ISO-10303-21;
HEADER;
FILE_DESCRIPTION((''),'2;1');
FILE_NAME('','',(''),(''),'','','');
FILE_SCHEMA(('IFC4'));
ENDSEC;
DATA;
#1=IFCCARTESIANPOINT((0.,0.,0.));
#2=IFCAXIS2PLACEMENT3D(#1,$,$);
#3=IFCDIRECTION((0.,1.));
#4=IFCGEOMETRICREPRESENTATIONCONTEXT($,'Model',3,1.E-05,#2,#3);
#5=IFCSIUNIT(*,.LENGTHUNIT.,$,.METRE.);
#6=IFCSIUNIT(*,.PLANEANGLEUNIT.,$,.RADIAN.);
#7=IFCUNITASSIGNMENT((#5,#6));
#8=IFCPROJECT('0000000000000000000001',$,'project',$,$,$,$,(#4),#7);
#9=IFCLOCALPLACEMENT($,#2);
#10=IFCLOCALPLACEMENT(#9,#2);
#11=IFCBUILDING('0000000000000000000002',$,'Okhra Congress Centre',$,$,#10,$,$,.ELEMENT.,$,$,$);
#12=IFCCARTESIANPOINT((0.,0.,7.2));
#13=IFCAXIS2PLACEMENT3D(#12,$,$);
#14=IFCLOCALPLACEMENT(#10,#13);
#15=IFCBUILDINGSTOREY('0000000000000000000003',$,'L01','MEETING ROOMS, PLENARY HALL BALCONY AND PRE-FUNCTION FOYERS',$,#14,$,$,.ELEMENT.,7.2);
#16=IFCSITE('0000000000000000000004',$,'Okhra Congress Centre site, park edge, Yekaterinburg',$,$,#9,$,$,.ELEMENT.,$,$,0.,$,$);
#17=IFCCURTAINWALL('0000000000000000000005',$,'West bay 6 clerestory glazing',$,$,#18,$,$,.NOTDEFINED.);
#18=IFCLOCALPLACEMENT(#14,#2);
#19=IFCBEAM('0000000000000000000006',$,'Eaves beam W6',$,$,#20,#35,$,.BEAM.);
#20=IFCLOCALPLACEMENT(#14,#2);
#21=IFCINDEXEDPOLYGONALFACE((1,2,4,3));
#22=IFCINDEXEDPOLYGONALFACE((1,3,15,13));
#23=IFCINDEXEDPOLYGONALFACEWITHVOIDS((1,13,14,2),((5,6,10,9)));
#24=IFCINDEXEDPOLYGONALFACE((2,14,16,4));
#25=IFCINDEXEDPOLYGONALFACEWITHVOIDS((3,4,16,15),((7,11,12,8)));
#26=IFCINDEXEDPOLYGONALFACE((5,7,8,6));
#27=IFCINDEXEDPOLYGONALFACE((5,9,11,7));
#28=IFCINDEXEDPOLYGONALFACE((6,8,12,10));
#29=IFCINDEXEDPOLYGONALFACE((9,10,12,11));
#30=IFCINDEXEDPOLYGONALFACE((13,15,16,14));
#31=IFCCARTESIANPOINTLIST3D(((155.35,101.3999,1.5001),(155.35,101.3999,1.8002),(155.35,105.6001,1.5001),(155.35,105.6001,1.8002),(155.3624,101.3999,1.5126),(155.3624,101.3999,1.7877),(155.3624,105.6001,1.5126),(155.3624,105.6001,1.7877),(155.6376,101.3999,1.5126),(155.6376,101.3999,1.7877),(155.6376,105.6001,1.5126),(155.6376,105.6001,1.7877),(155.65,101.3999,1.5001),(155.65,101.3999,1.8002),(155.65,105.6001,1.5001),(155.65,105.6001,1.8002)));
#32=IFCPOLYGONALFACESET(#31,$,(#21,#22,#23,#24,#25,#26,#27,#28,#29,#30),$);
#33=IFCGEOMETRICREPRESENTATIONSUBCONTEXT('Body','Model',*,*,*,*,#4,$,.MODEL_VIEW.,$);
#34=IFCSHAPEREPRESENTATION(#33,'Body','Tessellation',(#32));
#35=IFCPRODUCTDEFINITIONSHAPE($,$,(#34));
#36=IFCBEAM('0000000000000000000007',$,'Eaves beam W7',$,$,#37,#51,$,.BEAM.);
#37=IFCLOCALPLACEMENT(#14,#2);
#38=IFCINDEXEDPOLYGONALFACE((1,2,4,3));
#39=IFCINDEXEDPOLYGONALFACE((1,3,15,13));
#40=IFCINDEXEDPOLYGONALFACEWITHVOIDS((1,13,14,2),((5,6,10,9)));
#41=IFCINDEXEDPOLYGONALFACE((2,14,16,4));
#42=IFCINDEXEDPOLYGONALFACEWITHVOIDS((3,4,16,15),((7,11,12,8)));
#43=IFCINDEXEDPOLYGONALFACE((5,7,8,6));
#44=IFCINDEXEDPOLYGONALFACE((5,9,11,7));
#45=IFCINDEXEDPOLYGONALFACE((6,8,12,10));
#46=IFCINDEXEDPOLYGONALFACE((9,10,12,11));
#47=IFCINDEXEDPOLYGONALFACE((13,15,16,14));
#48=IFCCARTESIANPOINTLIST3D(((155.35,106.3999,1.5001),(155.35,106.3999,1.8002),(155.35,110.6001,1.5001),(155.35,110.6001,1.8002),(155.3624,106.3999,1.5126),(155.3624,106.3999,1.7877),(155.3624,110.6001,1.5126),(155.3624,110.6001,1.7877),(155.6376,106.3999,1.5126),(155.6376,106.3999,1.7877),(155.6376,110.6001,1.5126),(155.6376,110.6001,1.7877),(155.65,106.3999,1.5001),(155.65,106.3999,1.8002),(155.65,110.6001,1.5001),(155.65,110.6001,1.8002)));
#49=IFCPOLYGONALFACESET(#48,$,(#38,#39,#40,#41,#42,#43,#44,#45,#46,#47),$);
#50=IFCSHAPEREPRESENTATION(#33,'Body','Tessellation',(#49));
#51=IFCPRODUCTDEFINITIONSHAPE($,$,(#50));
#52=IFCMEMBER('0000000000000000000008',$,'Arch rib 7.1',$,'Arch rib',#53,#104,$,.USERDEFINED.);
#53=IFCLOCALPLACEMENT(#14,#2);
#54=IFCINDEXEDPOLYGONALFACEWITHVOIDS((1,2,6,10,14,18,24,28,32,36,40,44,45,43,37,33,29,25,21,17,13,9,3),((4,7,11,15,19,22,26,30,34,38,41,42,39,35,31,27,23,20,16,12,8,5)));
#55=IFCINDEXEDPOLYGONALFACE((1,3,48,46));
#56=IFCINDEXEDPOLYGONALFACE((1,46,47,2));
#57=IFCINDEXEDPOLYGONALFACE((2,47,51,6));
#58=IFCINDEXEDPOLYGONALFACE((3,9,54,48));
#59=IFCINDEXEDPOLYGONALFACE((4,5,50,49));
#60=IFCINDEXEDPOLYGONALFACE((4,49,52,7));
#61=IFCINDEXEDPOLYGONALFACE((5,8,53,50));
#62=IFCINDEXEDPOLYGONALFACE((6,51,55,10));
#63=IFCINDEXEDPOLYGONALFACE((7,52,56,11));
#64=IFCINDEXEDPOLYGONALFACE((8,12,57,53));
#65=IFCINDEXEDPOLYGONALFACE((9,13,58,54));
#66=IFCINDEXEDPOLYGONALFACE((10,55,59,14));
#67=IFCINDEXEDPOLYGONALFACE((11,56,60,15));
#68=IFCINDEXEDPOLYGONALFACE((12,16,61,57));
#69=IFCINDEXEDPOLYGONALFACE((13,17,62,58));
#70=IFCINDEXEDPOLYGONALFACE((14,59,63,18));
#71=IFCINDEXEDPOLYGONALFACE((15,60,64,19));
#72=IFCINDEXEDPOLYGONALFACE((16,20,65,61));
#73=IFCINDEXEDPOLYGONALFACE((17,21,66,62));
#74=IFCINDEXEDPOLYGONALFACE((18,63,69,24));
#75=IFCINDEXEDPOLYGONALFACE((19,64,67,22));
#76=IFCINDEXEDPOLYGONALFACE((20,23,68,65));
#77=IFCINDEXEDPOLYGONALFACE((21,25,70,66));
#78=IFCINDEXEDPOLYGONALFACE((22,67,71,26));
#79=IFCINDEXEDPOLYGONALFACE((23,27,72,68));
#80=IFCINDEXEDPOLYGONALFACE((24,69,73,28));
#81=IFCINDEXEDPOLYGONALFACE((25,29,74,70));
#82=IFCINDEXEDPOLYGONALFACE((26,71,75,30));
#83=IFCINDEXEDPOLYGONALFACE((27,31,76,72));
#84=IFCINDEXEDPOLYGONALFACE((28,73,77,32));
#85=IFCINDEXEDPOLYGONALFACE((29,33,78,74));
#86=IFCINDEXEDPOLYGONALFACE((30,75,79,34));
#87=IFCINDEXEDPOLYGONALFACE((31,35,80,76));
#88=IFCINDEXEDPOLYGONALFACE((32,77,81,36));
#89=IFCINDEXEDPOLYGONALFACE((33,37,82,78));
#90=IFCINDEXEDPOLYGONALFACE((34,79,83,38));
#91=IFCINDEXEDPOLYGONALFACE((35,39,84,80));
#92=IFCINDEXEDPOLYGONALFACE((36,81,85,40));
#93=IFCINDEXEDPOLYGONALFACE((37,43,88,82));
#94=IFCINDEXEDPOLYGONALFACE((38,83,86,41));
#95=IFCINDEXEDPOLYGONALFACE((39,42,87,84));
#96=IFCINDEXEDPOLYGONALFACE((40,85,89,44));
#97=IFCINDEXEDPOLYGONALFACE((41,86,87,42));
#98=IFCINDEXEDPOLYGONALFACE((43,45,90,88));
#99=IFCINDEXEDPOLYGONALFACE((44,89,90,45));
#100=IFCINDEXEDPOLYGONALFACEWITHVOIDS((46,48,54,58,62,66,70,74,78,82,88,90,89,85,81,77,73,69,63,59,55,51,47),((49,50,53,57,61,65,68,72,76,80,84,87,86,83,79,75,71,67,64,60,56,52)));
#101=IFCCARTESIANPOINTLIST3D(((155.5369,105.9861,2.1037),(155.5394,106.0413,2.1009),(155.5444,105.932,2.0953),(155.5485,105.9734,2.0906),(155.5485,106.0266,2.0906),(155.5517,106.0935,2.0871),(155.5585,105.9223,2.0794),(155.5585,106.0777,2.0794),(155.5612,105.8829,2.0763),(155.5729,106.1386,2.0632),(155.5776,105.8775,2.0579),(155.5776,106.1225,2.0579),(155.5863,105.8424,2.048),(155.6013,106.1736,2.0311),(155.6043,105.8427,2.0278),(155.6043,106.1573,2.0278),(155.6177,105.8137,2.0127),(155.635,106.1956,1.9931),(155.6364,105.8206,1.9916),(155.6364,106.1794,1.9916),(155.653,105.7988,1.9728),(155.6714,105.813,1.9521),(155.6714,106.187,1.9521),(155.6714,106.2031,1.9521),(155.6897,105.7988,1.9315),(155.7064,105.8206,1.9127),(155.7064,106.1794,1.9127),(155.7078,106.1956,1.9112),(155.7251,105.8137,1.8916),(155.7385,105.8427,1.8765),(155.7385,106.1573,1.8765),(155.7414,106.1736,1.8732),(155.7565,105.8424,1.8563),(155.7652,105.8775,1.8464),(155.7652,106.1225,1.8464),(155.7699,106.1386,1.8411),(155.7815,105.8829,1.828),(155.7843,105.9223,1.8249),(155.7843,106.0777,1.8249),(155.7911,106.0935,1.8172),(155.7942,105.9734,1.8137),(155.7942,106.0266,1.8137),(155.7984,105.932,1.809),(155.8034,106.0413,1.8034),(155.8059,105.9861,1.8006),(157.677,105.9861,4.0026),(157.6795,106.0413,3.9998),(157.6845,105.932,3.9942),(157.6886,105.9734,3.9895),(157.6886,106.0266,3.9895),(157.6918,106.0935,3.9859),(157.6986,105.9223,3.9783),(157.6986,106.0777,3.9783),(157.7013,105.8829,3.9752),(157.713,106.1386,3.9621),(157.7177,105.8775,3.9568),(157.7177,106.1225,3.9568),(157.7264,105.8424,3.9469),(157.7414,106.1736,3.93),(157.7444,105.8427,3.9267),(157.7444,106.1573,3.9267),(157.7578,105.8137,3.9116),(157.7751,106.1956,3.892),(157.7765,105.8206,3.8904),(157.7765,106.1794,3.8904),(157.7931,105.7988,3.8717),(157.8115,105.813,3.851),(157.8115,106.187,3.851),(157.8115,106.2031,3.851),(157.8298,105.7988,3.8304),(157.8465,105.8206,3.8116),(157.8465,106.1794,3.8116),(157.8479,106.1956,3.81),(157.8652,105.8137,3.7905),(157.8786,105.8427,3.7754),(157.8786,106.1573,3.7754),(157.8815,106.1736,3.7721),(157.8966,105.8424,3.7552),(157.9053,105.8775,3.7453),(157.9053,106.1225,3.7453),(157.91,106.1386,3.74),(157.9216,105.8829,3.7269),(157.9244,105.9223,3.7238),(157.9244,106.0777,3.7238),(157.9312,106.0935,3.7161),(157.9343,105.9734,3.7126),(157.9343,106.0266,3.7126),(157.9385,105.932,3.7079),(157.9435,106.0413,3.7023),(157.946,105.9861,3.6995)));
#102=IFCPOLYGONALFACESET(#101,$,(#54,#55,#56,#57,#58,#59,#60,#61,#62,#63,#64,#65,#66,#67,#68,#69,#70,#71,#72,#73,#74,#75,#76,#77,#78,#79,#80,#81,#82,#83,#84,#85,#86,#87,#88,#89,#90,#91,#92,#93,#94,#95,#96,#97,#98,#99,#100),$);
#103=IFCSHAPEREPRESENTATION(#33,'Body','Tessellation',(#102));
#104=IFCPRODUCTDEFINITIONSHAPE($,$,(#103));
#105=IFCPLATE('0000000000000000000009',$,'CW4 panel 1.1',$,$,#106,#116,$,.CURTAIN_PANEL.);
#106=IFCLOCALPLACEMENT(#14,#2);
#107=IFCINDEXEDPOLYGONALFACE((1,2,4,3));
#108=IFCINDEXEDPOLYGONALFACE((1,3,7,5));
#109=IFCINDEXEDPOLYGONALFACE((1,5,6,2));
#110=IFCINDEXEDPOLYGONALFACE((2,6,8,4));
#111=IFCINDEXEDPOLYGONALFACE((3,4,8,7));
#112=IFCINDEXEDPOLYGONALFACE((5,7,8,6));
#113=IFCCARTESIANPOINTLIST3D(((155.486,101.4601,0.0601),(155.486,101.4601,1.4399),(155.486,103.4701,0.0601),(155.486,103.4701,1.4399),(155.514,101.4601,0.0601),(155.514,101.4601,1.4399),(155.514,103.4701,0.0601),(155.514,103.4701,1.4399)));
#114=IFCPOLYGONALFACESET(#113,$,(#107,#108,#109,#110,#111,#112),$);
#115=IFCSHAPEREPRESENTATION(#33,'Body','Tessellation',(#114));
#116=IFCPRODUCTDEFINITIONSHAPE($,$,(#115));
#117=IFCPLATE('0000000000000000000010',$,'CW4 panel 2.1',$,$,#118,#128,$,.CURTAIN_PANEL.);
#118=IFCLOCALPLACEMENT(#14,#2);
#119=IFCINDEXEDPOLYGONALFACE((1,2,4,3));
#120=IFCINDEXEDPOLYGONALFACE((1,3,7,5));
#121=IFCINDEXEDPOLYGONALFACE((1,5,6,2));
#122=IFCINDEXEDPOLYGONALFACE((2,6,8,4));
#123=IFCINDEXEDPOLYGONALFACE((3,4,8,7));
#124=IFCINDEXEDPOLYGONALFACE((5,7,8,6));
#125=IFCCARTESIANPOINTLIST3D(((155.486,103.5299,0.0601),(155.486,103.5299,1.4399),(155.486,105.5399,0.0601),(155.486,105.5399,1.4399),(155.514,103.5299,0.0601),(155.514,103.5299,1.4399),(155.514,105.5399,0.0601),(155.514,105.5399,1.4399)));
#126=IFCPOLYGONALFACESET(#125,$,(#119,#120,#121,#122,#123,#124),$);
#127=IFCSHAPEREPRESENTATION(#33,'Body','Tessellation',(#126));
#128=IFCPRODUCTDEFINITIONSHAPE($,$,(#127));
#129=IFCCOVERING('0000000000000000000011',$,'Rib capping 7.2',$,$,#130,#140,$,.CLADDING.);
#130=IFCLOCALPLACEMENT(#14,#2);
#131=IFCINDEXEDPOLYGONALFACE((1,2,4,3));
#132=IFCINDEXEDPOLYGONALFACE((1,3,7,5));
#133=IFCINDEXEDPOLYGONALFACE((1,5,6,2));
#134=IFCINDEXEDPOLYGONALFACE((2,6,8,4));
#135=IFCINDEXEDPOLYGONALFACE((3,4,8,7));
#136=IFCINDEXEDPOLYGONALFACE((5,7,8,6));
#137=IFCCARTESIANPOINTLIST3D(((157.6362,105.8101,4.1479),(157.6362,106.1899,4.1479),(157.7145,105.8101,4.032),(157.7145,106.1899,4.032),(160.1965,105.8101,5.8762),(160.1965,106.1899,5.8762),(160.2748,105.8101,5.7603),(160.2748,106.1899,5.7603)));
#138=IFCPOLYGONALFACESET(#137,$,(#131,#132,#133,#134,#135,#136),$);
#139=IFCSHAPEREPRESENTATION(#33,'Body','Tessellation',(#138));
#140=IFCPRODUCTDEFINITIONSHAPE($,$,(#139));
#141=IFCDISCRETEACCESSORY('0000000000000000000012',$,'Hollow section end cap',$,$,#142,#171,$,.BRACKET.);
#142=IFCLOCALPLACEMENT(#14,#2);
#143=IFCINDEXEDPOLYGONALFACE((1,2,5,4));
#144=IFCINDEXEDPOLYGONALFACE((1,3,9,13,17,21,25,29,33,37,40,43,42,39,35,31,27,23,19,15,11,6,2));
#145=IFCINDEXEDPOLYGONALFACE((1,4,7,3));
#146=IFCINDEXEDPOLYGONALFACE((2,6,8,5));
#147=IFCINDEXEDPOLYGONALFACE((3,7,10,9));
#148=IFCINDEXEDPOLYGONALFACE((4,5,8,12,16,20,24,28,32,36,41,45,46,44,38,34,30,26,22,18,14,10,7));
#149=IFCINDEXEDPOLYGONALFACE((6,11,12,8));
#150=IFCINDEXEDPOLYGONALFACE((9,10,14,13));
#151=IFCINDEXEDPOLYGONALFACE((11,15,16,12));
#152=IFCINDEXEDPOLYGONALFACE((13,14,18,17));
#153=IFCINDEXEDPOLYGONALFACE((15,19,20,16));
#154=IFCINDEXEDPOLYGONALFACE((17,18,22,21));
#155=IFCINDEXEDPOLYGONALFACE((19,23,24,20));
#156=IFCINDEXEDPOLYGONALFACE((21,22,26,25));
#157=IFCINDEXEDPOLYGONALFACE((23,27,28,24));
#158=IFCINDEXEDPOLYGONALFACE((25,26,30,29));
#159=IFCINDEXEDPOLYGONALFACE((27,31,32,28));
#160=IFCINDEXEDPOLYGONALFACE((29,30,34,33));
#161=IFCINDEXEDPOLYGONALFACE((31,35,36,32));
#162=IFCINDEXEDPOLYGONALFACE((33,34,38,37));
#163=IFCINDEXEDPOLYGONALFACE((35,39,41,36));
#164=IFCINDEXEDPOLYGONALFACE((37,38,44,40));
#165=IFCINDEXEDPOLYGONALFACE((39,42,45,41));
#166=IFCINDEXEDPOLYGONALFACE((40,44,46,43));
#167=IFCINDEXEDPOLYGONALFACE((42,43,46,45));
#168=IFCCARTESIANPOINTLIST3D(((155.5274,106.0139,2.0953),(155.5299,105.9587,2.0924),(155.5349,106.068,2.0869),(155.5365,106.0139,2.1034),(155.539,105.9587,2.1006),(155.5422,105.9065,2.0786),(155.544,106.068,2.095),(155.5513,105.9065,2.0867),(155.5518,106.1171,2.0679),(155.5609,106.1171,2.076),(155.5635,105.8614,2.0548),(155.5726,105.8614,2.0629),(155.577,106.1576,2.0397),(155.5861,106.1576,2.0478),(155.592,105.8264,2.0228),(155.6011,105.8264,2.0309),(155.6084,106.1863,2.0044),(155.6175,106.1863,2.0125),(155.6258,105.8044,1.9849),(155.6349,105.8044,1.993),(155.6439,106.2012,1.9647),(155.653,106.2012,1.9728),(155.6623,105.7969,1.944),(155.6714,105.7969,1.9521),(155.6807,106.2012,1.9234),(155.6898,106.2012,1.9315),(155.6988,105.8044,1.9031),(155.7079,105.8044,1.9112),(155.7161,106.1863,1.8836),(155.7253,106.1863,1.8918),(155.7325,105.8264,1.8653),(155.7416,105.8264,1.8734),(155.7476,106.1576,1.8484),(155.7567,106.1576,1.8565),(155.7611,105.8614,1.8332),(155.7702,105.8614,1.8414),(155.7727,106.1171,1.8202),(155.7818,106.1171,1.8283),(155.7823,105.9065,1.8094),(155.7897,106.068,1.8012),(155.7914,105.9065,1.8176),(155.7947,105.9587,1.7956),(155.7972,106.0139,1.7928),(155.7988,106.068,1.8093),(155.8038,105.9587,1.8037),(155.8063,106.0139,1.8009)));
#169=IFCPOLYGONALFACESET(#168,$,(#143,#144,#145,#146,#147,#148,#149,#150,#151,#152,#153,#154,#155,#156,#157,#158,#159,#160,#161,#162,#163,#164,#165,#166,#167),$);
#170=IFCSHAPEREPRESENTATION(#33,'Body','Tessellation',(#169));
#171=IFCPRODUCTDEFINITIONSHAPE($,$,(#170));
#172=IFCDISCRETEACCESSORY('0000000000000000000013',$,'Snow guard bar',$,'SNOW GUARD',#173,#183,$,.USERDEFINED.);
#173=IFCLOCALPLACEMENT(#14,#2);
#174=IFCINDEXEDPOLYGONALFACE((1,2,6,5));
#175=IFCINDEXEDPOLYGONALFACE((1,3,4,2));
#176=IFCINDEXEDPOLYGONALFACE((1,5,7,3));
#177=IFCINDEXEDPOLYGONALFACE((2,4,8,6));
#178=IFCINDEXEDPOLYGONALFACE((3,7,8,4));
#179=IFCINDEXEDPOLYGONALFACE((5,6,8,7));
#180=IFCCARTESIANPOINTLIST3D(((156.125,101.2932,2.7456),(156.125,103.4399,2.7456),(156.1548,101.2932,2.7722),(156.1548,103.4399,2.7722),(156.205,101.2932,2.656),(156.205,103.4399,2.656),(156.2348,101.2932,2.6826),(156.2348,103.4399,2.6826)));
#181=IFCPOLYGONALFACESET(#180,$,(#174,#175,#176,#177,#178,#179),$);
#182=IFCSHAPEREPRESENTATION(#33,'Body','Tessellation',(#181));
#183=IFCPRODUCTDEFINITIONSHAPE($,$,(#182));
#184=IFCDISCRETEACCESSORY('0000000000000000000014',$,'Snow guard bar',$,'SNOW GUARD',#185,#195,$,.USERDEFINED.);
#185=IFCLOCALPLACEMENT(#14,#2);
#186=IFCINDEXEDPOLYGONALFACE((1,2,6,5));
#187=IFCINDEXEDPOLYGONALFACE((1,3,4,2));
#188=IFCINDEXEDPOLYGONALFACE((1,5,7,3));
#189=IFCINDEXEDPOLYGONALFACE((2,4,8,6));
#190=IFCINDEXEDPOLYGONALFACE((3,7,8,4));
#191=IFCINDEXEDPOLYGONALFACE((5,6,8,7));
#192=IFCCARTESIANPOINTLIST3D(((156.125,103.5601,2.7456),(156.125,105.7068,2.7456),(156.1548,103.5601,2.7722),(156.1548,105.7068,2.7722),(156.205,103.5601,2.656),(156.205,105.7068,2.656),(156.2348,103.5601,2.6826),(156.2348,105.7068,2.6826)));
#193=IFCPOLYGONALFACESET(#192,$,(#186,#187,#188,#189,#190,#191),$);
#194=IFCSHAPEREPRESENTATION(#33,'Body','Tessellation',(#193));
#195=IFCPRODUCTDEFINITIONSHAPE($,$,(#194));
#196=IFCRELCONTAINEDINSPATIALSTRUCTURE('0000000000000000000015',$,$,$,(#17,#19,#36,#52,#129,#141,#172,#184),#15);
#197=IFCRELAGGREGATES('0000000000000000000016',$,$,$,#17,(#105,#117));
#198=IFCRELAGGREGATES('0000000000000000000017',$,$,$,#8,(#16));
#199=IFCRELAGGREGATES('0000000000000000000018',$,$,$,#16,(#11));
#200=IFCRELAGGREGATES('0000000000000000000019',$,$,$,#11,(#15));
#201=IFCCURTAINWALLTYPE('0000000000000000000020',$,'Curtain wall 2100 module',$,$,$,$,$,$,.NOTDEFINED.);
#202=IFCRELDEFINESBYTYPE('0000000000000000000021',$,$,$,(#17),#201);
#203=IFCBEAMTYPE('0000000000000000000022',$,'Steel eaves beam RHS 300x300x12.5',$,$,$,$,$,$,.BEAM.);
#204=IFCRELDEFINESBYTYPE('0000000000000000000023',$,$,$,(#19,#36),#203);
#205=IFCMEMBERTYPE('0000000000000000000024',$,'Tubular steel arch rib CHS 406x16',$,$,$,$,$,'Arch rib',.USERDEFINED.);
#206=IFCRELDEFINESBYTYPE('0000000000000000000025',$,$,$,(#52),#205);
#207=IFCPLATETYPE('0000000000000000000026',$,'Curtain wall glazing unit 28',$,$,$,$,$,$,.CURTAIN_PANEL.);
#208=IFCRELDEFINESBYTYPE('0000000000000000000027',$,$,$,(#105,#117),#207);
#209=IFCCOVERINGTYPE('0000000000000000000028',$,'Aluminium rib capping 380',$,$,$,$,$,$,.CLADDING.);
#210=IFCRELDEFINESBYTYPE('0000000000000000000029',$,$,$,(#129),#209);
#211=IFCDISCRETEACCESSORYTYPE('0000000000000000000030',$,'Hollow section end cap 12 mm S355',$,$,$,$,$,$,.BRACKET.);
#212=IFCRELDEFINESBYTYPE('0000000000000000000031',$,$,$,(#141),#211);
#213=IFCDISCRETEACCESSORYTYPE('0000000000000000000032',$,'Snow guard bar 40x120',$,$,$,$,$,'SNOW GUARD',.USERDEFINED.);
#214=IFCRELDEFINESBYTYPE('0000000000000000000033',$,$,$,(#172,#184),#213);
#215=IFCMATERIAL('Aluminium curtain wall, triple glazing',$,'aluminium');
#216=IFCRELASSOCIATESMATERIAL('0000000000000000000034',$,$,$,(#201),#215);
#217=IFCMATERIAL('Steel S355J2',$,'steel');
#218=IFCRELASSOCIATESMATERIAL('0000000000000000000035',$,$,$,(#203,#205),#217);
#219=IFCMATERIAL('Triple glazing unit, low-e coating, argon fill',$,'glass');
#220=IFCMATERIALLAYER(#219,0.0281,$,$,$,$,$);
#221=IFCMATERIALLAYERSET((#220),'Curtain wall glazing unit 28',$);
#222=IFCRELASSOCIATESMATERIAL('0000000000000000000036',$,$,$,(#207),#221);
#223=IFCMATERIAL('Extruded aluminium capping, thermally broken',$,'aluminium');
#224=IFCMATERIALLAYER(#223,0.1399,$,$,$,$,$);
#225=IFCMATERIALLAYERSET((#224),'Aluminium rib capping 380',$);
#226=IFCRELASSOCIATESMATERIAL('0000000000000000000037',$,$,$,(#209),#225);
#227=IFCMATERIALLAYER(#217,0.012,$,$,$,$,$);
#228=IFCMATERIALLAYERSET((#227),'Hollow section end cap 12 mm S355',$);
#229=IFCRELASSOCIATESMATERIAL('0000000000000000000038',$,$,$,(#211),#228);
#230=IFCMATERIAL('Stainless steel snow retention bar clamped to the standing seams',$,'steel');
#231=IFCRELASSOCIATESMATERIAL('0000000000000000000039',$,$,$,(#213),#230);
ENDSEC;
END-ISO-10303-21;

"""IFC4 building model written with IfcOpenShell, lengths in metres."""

from ifc_helpers import new_model, si_unit, direction, frame, origin, origin_2d, place, context, subcontext, project, spatial, polyline, rectangle, hollow_rectangle, circle, hollow_circle, outline, extrude, material, layer, layer_set, material_profile, profile_set, type_object, element, aggregate, save


model = new_model("IFC4")

# Units and contexts
model_context = context("Model", 3, precision=1e-05, world=origin(), true_north=direction((0.0, 1.0)))
body_context = subcontext(model_context, "Body", "Model", "MODEL_VIEW")
ifc_project = project(units=[si_unit("LENGTHUNIT", "METRE"), si_unit("PLANEANGLEUNIT", "RADIAN")], contexts=[model_context])

# Site, building, storey
site_placement = place(None, origin())
site = spatial("IfcSite", under=ifc_project, at=site_placement, Name="Okhra Congress Centre site, park edge, Yekaterinburg", CompositionType="ELEMENT", RefElevation=0.0)
building_placement = place(site_placement, origin())
building = spatial("IfcBuilding", under=site, at=building_placement, Name="Okhra Congress Centre", CompositionType="ELEMENT")
storey_placement = place(building_placement, frame((0.0, 0.0, 7.2)))
storey = spatial("IfcBuildingStorey", under=building, at=storey_placement, Name="L01", Description="MEETING ROOMS, PLENARY HALL BALCONY AND PRE-FUNCTION FOYERS", CompositionType="ELEMENT", Elevation=7.2)

# Curtain wall
ifc_material_1 = material(Name="Aluminium curtain wall, triple glazing", Category="aluminium")
curtain_wall_type = type_object("IfcCurtainWallType", Name="Curtain wall 2100 module", PredefinedType="NOTDEFINED", material=ifc_material_1)
curtain_wall_1_placement = place(storey_placement, origin())
curtain_wall_1 = element("IfcCurtainWall", 1, at=curtain_wall_1_placement, inside=storey, type_object=curtain_wall_type, Name="West bay 6 clerestory glazing", PredefinedType="NOTDEFINED")

# Beams
ifc_material_2 = material(Name="Steel S355J2", Category="steel")
ifc_material_profile_1 = material_profile(ifc_material_2, hollow_rectangle(XDim=0.3, YDim=0.3, WallThickness=0.0125, at=origin_2d()), Name="RHS 300x300x12.5")
ifc_profile_set_1 = profile_set([ifc_material_profile_1], Name="Steel S355J2")
beam_type = type_object("IfcBeamType", Name="Steel eaves beam RHS 300x300x12.5", PredefinedType="BEAM", material=ifc_profile_set_1)
for number, where, z_axis, x_axis, name in (
    (2, (155.5, 101.3999, 1.6501), (0.0, 1.0, 0.0), (-1.0, 0.0, 0.0), "Eaves beam W6"),
    (3, (155.5, 106.3999, 1.6501), (0.0, 1.0, 0.0), (-1.0, 0.0, 0.0), "Eaves beam W7"),
):
    element("IfcBeam", number, at=place(storey_placement, frame(where, z_axis=z_axis, x_axis=x_axis)), inside=storey, type_object=beam_type, Name=name, PredefinedType="BEAM", context=body_context, shape_type="SweptSolid", body=[
        extrude(hollow_rectangle(XDim=0.3, YDim=0.3, WallThickness=0.0125, at=origin_2d()), origin(), (0.0, 0.0, 1.0), 4.2002),
    ])

# Member
ifc_material_profile_2 = material_profile(ifc_material_2, hollow_circle(Radius=0.2031, WallThickness=0.0161, at=origin_2d()), Name="CHS 406.4x16")
ifc_profile_set_2 = profile_set([ifc_material_profile_2], Name="Steel S355J2")
member_type_1 = type_object("IfcMemberType", Name="Tubular steel arch rib CHS 406x16", ElementType="Arch rib", PredefinedType="USERDEFINED", material=ifc_profile_set_2)
member_1_placement = place(storey_placement, frame((155.6714, 106.0, 1.9521), z_axis=(0.748002, 0.0, 0.663696), x_axis=(0.0, 1.0, 0.0)))
element("IfcMember", 4, at=member_1_placement, inside=storey, type_object=member_type_1, Name="Arch rib 7.1", ObjectType="Arch rib", PredefinedType="USERDEFINED", context=body_context, shape_type="SweptSolid", body=[
    extrude(hollow_circle(Radius=0.2031, WallThickness=0.0161, at=origin_2d()), origin(), (0.0, 0.0, 1.0), 2.8611),
])

# Plates
ifc_material_3 = material(Name="Triple glazing unit, low-e coating, argon fill", Category="glass")
ifc_layer_1 = layer(ifc_material_3, 0.0281)
ifc_layer_set_1 = layer_set([ifc_layer_1], Name="Curtain wall glazing unit 28")
plate_type = type_object("IfcPlateType", Name="Curtain wall glazing unit 28", PredefinedType="CURTAIN_PANEL", material=ifc_layer_set_1)
plate_1_placement = place(storey_placement, frame((155.5, 102.4651, 0.0601), z_axis=(0.0, 0.0, 1.0), x_axis=(0.0, 1.0, 0.0)))
plate_1 = element("IfcPlate", 5, at=plate_1_placement, type_object=plate_type, Name="CW4 panel 1.1", PredefinedType="CURTAIN_PANEL", context=body_context, shape_type="SweptSolid", body=[
    extrude(rectangle(XDim=2.01, YDim=0.0281, at=origin_2d()), origin(), (0.0, 0.0, 1.0), 1.3799),
])
plate_2_placement = place(storey_placement, frame((155.5, 104.5349, 0.0601), z_axis=(0.0, 0.0, 1.0), x_axis=(0.0, 1.0, 0.0)))
plate_2 = element("IfcPlate", 6, at=plate_2_placement, type_object=plate_type, Name="CW4 panel 2.1", PredefinedType="CURTAIN_PANEL", context=body_context, shape_type="SweptSolid", body=[
    extrude(rectangle(XDim=2.01, YDim=0.0281, at=origin_2d()), origin(), (0.0, 0.0, 1.0), 1.3799),
])
aggregate(curtain_wall_1, [plate_1, plate_2])

# Covering
ifc_material_4 = material(Name="Extruded aluminium capping, thermally broken", Category="aluminium")
ifc_layer_2 = layer(ifc_material_4, 0.1399)
ifc_layer_set_2 = layer_set([ifc_layer_2], Name="Aluminium rib capping 380")
covering_type = type_object("IfcCoveringType", Name="Aluminium rib capping 380", PredefinedType="CLADDING", material=ifc_layer_set_2)
covering_placement = place(storey_placement, frame((157.6362, 105.8101, 4.1479), z_axis=(-0.559488, 0.0, 0.828839), x_axis=(0.828839, 0.0, 0.559488)))
element("IfcCovering", 7, at=covering_placement, inside=storey, type_object=covering_type, Name="Rib capping 7.2", PredefinedType="CLADDING", context=body_context, shape_type="SweptSolid", body=[
    extrude(outline(polyline([(0.0, 0.0), (3.089, 0.0), (3.089, 0.3799), (0.0, 0.3799), (0.0, 0.0)])), origin(), (0.0, 0.0, -1.0), 0.1399),
])

# Discrete accessories
ifc_layer_3 = layer(ifc_material_2, 0.012)
ifc_layer_set_3 = layer_set([ifc_layer_3], Name="Hollow section end cap 12 mm S355")
discrete_accessory_type_1 = type_object("IfcDiscreteAccessoryType", Name="Hollow section end cap 12 mm S355", PredefinedType="BRACKET", material=ifc_layer_set_3)
discrete_accessory_placement = place(storey_placement, frame((155.6714, 106.0, 1.9521), z_axis=(-0.746295, 0.0, -0.665615), x_axis=(0.0, -1.0, 0.0)))
element("IfcDiscreteAccessory", 8, at=discrete_accessory_placement, inside=storey, type_object=discrete_accessory_type_1, Name="Hollow section end cap", PredefinedType="BRACKET", context=body_context, shape_type="SweptSolid", body=[
    extrude(circle(Radius=0.2031, at=origin_2d()), origin(), (0.0, 0.0, 1.0), 0.0122),
])
ifc_material_5 = material(Name="Stainless steel snow retention bar clamped to the standing seams", Category="steel")
discrete_accessory_type_2 = type_object("IfcDiscreteAccessoryType", Name="Snow guard bar 40x120", ElementType="SNOW GUARD", PredefinedType="USERDEFINED", material=ifc_material_5)
for number, where, z_axis, x_axis, name in (
    (9, (156.125, 101.2932, 2.7456), (-0.666259, 0.0, 0.745721), (0.745721, 0.0, 0.666259), "Snow guard bar"),
    (10, (156.125, 103.5601, 2.7456), (-0.666259, 0.0, 0.745721), (0.745721, 0.0, 0.666259), "Snow guard bar"),
):
    element("IfcDiscreteAccessory", number, at=place(storey_placement, frame(where, z_axis=z_axis, x_axis=x_axis)), inside=storey, type_object=discrete_accessory_type_2, Name=name, ObjectType="SNOW GUARD", PredefinedType="USERDEFINED", context=body_context, shape_type="SweptSolid", body=[
        extrude(outline(polyline([(0.0, 0.0), (0.0399, 0.0), (0.0399, 2.1467), (0.0, 2.1467), (0.0, 0.0)])), origin(), (0.0, 0.0, -1.0), 0.1201),
    ])

save(model, "model.ifc")
